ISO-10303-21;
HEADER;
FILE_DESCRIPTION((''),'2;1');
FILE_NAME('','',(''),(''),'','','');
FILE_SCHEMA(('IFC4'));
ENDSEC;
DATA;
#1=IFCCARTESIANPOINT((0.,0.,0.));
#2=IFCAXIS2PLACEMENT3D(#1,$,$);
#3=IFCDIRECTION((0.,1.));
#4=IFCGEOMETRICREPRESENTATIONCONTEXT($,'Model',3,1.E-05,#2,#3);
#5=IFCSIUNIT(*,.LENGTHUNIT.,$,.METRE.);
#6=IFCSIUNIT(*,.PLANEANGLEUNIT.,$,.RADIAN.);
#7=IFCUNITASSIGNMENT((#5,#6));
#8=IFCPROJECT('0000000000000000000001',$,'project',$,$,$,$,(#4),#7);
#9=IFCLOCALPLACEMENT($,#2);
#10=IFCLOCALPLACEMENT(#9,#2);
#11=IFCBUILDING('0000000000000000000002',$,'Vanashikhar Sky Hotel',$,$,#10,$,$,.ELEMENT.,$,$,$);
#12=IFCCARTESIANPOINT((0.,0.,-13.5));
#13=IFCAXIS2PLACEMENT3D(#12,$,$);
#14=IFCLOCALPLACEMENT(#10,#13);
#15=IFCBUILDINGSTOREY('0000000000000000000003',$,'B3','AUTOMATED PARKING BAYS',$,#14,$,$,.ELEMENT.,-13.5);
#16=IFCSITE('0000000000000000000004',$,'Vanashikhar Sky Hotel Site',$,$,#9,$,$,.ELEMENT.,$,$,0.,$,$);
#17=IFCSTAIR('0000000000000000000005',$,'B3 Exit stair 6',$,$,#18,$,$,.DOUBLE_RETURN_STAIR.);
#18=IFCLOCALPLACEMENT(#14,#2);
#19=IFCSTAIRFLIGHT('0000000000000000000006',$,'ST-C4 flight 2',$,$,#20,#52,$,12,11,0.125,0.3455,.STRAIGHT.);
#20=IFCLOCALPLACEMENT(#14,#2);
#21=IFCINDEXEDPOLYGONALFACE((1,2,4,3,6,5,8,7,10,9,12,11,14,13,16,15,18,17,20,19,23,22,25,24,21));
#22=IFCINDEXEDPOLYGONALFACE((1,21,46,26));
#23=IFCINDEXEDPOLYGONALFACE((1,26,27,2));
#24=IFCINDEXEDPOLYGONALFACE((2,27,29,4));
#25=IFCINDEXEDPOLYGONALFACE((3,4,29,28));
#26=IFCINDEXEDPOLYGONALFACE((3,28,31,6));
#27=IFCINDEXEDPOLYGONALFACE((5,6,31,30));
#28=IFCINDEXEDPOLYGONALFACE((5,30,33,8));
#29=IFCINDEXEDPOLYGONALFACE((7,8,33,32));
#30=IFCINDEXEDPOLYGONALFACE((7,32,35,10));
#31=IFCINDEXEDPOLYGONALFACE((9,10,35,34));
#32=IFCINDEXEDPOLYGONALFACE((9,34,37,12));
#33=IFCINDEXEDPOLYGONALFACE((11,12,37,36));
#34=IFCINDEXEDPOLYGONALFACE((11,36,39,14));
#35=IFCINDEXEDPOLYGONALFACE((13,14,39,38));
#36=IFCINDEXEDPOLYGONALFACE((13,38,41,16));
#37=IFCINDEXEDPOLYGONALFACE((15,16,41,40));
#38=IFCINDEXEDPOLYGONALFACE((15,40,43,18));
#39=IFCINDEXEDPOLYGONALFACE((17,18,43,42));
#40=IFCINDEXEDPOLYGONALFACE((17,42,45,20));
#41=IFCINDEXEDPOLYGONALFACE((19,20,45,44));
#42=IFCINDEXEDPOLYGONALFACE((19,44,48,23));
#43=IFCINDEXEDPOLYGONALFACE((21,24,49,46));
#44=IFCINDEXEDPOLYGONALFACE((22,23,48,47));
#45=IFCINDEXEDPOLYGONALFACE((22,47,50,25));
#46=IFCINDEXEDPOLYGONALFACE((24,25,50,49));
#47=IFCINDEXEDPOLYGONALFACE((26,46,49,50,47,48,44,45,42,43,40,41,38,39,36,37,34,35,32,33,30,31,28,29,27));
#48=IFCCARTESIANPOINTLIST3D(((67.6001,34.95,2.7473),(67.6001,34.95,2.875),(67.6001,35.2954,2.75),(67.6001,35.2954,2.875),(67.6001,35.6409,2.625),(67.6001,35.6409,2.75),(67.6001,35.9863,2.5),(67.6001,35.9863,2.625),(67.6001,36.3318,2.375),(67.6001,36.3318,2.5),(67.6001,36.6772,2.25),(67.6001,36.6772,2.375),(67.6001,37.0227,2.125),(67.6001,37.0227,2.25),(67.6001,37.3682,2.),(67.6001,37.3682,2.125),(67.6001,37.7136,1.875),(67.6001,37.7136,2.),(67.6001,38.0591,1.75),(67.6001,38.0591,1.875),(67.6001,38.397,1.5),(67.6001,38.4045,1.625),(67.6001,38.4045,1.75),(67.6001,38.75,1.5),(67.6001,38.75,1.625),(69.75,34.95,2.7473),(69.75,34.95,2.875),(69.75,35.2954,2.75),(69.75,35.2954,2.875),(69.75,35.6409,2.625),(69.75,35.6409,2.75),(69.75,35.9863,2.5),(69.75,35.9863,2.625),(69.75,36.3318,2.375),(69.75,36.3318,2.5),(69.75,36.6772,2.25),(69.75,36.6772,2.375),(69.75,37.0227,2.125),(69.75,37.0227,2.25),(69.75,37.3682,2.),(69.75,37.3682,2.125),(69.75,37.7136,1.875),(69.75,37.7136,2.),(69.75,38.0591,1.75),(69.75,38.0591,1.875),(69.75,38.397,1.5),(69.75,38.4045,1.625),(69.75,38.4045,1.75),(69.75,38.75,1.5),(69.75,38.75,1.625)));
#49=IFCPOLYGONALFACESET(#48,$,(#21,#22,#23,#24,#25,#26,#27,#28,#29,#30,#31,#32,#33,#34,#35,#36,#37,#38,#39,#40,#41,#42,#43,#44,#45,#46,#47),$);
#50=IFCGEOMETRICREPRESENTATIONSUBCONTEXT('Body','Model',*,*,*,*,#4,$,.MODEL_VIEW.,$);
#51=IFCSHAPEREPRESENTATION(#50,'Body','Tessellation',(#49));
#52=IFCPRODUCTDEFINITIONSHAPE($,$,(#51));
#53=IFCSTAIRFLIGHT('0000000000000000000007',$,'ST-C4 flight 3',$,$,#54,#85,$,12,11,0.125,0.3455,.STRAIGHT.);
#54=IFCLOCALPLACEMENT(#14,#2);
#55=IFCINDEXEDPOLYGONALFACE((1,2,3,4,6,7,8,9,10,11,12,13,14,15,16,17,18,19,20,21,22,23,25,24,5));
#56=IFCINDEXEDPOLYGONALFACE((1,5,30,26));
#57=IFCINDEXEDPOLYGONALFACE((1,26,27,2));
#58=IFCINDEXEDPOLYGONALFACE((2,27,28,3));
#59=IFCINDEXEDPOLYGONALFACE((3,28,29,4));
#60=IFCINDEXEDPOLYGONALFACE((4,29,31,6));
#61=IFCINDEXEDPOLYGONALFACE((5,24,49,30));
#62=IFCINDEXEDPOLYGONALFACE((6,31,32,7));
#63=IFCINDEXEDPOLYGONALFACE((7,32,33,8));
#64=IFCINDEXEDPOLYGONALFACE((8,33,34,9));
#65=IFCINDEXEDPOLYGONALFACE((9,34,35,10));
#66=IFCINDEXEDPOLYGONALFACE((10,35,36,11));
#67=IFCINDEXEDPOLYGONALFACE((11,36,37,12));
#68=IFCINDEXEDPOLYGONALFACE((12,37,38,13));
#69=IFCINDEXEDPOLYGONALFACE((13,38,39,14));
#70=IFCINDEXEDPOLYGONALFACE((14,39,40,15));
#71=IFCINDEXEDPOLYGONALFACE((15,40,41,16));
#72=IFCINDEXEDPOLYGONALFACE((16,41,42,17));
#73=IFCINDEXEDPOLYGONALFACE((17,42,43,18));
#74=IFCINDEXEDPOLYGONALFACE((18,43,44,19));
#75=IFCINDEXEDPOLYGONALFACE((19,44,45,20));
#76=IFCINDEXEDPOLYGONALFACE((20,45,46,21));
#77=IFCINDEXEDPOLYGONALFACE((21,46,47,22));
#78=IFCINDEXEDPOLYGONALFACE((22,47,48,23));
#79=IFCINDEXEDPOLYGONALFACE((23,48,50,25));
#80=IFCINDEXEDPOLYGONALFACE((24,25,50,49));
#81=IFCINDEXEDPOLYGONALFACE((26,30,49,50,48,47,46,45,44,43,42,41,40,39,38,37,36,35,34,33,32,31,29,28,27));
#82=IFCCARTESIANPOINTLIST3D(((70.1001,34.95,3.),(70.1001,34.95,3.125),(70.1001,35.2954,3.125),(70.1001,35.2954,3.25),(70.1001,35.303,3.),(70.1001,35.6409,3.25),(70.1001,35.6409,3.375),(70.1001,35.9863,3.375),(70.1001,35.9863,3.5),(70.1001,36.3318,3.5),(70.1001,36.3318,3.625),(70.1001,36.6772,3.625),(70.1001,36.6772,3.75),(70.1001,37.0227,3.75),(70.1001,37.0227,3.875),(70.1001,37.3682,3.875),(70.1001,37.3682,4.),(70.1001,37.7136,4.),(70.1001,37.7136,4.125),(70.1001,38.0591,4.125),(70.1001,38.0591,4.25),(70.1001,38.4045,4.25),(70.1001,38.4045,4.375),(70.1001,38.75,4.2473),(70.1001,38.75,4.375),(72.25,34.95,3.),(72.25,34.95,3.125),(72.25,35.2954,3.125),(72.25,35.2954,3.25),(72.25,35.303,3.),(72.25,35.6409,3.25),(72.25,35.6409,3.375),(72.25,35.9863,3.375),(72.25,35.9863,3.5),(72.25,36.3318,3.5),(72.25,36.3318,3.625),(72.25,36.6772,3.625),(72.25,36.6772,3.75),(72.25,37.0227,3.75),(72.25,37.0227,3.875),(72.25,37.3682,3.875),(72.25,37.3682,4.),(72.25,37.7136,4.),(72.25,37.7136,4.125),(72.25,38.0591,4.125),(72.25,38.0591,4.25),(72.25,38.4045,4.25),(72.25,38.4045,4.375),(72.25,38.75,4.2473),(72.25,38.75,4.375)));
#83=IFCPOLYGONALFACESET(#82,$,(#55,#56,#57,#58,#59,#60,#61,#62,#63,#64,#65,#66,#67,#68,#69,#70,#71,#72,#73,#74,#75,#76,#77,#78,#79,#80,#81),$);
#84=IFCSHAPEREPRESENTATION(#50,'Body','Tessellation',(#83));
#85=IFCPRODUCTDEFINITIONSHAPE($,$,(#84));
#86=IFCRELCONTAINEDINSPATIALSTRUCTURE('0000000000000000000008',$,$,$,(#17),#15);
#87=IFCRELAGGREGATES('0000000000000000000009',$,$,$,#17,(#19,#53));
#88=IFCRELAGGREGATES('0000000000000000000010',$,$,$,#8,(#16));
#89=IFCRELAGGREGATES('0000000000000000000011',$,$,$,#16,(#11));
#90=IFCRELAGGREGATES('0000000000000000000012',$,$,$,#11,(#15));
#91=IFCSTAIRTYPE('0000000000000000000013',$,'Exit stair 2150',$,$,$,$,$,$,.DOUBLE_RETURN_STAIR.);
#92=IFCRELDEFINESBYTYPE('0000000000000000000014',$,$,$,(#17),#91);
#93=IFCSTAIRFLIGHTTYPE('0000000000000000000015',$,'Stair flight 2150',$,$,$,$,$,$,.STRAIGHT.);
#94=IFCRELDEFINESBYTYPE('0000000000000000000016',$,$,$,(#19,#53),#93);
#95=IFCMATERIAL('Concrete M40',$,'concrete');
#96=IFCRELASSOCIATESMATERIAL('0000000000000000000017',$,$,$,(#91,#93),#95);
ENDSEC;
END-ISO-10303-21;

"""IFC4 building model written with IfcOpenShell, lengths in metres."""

from ifc_helpers import new_model, si_unit, direction, frame, origin, place, context, subcontext, project, spatial, polyline, outline, extrude, source, transform, mapped, material, type_object, element, aggregate, save


model = new_model("IFC4")

# Units and contexts
model_context = context("Model", 3, precision=1e-05, world=origin(), true_north=direction((0.0, 1.0)))
body_context = subcontext(model_context, "Body", "Model", "MODEL_VIEW")
ifc_project = project(units=[si_unit("LENGTHUNIT", "METRE"), si_unit("PLANEANGLEUNIT", "RADIAN")], contexts=[model_context])

# Site, building, storey
site_placement = place(None, origin())
site = spatial("IfcSite", under=ifc_project, at=site_placement, Name="Vanashikhar Sky Hotel Site", CompositionType="ELEMENT", RefElevation=0.0)
building_placement = place(site_placement, origin())
building = spatial("IfcBuilding", under=site, at=building_placement, Name="Vanashikhar Sky Hotel", CompositionType="ELEMENT")
storey_placement = place(building_placement, frame((0.0, 0.0, -13.5)))
storey = spatial("IfcBuildingStorey", under=building, at=storey_placement, Name="B3", Description="AUTOMATED PARKING BAYS", CompositionType="ELEMENT", Elevation=-13.5)

# Shared definitions
ifc_material_1 = material(Name="Concrete M40", Category="concrete")

# Stair, stair flights
stair_type = type_object("IfcStairType", Name="Exit stair 2150", PredefinedType="DOUBLE_RETURN_STAIR", material=ifc_material_1)
stair_placement = place(storey_placement, origin())
stair = element("IfcStair", 1, at=stair_placement, inside=storey, type_object=stair_type, Name="B3 Exit stair 6", PredefinedType="DOUBLE_RETURN_STAIR")
stair_flight_type = type_object("IfcStairFlightType", Name="Stair flight 2150", PredefinedType="STRAIGHT", material=ifc_material_1)
shared_shape_1 = source(origin(), body_context, "Body", "SweptSolid", [
    extrude(outline(polyline([(0.0, 0.0), (0.0, 0.125), (0.3455, 0.125), (0.3455, 0.25), (0.6909, 0.25), (0.6909, 0.375), (1.0364, 0.375), (1.0364, 0.5), (1.3818, 0.5), (1.3818, 0.625), (1.7273, 0.625), (1.7273, 0.75), (2.0728, 0.75), (2.0728, 0.875), (2.4182, 0.875), (2.4182, 1.0), (2.7637, 1.0), (2.7637, 1.125), (3.1091, 1.125), (3.1091, 1.25), (3.4546, 1.25), (3.4546, 1.375), (3.8, 1.375), (3.8, 1.5), (3.8, 1.2473), (0.353, 0.0), (0.0, 0.0)])), frame((0.0, 1.075, 0.0), z_axis=(0.0, -1.0, 0.0), x_axis=(1.0, 0.0, 0.0)), (0.0, 0.0, 1.0), 2.1499),
])
stair_flight_1_placement = place(storey_placement, frame((68.675, 38.75, 1.5), z_axis=(0.0, 0.0, 1.0), x_axis=(0.0, -1.0, 0.0)))
stair_flight_1 = element("IfcStairFlight", 2, at=stair_flight_1_placement, type_object=stair_flight_type, Name="ST-C4 flight 2", NumberOfRisers=12, NumberOfTreads=11, PredefinedType="STRAIGHT", RiserHeight=0.125, TreadLength=0.3455, context=body_context, shape_type="MappedRepresentation", body=[
    mapped(shared_shape_1, transform((0.0, 0.0, 0.0), scale=1.0)),
])
stair_flight_2_placement = place(storey_placement, frame((71.175, 34.95, 3.0), z_axis=(0.0, 0.0, 1.0), x_axis=(0.0, 1.0, 0.0)))
stair_flight_2 = element("IfcStairFlight", 3, at=stair_flight_2_placement, type_object=stair_flight_type, Name="ST-C4 flight 3", NumberOfRisers=12, NumberOfTreads=11, PredefinedType="STRAIGHT", RiserHeight=0.125, TreadLength=0.3455, context=body_context, shape_type="MappedRepresentation", body=[
    mapped(shared_shape_1, transform((0.0, 0.0, 0.0), scale=1.0)),
])
aggregate(stair, [stair_flight_1, stair_flight_2])

save(model, "model.ifc")
